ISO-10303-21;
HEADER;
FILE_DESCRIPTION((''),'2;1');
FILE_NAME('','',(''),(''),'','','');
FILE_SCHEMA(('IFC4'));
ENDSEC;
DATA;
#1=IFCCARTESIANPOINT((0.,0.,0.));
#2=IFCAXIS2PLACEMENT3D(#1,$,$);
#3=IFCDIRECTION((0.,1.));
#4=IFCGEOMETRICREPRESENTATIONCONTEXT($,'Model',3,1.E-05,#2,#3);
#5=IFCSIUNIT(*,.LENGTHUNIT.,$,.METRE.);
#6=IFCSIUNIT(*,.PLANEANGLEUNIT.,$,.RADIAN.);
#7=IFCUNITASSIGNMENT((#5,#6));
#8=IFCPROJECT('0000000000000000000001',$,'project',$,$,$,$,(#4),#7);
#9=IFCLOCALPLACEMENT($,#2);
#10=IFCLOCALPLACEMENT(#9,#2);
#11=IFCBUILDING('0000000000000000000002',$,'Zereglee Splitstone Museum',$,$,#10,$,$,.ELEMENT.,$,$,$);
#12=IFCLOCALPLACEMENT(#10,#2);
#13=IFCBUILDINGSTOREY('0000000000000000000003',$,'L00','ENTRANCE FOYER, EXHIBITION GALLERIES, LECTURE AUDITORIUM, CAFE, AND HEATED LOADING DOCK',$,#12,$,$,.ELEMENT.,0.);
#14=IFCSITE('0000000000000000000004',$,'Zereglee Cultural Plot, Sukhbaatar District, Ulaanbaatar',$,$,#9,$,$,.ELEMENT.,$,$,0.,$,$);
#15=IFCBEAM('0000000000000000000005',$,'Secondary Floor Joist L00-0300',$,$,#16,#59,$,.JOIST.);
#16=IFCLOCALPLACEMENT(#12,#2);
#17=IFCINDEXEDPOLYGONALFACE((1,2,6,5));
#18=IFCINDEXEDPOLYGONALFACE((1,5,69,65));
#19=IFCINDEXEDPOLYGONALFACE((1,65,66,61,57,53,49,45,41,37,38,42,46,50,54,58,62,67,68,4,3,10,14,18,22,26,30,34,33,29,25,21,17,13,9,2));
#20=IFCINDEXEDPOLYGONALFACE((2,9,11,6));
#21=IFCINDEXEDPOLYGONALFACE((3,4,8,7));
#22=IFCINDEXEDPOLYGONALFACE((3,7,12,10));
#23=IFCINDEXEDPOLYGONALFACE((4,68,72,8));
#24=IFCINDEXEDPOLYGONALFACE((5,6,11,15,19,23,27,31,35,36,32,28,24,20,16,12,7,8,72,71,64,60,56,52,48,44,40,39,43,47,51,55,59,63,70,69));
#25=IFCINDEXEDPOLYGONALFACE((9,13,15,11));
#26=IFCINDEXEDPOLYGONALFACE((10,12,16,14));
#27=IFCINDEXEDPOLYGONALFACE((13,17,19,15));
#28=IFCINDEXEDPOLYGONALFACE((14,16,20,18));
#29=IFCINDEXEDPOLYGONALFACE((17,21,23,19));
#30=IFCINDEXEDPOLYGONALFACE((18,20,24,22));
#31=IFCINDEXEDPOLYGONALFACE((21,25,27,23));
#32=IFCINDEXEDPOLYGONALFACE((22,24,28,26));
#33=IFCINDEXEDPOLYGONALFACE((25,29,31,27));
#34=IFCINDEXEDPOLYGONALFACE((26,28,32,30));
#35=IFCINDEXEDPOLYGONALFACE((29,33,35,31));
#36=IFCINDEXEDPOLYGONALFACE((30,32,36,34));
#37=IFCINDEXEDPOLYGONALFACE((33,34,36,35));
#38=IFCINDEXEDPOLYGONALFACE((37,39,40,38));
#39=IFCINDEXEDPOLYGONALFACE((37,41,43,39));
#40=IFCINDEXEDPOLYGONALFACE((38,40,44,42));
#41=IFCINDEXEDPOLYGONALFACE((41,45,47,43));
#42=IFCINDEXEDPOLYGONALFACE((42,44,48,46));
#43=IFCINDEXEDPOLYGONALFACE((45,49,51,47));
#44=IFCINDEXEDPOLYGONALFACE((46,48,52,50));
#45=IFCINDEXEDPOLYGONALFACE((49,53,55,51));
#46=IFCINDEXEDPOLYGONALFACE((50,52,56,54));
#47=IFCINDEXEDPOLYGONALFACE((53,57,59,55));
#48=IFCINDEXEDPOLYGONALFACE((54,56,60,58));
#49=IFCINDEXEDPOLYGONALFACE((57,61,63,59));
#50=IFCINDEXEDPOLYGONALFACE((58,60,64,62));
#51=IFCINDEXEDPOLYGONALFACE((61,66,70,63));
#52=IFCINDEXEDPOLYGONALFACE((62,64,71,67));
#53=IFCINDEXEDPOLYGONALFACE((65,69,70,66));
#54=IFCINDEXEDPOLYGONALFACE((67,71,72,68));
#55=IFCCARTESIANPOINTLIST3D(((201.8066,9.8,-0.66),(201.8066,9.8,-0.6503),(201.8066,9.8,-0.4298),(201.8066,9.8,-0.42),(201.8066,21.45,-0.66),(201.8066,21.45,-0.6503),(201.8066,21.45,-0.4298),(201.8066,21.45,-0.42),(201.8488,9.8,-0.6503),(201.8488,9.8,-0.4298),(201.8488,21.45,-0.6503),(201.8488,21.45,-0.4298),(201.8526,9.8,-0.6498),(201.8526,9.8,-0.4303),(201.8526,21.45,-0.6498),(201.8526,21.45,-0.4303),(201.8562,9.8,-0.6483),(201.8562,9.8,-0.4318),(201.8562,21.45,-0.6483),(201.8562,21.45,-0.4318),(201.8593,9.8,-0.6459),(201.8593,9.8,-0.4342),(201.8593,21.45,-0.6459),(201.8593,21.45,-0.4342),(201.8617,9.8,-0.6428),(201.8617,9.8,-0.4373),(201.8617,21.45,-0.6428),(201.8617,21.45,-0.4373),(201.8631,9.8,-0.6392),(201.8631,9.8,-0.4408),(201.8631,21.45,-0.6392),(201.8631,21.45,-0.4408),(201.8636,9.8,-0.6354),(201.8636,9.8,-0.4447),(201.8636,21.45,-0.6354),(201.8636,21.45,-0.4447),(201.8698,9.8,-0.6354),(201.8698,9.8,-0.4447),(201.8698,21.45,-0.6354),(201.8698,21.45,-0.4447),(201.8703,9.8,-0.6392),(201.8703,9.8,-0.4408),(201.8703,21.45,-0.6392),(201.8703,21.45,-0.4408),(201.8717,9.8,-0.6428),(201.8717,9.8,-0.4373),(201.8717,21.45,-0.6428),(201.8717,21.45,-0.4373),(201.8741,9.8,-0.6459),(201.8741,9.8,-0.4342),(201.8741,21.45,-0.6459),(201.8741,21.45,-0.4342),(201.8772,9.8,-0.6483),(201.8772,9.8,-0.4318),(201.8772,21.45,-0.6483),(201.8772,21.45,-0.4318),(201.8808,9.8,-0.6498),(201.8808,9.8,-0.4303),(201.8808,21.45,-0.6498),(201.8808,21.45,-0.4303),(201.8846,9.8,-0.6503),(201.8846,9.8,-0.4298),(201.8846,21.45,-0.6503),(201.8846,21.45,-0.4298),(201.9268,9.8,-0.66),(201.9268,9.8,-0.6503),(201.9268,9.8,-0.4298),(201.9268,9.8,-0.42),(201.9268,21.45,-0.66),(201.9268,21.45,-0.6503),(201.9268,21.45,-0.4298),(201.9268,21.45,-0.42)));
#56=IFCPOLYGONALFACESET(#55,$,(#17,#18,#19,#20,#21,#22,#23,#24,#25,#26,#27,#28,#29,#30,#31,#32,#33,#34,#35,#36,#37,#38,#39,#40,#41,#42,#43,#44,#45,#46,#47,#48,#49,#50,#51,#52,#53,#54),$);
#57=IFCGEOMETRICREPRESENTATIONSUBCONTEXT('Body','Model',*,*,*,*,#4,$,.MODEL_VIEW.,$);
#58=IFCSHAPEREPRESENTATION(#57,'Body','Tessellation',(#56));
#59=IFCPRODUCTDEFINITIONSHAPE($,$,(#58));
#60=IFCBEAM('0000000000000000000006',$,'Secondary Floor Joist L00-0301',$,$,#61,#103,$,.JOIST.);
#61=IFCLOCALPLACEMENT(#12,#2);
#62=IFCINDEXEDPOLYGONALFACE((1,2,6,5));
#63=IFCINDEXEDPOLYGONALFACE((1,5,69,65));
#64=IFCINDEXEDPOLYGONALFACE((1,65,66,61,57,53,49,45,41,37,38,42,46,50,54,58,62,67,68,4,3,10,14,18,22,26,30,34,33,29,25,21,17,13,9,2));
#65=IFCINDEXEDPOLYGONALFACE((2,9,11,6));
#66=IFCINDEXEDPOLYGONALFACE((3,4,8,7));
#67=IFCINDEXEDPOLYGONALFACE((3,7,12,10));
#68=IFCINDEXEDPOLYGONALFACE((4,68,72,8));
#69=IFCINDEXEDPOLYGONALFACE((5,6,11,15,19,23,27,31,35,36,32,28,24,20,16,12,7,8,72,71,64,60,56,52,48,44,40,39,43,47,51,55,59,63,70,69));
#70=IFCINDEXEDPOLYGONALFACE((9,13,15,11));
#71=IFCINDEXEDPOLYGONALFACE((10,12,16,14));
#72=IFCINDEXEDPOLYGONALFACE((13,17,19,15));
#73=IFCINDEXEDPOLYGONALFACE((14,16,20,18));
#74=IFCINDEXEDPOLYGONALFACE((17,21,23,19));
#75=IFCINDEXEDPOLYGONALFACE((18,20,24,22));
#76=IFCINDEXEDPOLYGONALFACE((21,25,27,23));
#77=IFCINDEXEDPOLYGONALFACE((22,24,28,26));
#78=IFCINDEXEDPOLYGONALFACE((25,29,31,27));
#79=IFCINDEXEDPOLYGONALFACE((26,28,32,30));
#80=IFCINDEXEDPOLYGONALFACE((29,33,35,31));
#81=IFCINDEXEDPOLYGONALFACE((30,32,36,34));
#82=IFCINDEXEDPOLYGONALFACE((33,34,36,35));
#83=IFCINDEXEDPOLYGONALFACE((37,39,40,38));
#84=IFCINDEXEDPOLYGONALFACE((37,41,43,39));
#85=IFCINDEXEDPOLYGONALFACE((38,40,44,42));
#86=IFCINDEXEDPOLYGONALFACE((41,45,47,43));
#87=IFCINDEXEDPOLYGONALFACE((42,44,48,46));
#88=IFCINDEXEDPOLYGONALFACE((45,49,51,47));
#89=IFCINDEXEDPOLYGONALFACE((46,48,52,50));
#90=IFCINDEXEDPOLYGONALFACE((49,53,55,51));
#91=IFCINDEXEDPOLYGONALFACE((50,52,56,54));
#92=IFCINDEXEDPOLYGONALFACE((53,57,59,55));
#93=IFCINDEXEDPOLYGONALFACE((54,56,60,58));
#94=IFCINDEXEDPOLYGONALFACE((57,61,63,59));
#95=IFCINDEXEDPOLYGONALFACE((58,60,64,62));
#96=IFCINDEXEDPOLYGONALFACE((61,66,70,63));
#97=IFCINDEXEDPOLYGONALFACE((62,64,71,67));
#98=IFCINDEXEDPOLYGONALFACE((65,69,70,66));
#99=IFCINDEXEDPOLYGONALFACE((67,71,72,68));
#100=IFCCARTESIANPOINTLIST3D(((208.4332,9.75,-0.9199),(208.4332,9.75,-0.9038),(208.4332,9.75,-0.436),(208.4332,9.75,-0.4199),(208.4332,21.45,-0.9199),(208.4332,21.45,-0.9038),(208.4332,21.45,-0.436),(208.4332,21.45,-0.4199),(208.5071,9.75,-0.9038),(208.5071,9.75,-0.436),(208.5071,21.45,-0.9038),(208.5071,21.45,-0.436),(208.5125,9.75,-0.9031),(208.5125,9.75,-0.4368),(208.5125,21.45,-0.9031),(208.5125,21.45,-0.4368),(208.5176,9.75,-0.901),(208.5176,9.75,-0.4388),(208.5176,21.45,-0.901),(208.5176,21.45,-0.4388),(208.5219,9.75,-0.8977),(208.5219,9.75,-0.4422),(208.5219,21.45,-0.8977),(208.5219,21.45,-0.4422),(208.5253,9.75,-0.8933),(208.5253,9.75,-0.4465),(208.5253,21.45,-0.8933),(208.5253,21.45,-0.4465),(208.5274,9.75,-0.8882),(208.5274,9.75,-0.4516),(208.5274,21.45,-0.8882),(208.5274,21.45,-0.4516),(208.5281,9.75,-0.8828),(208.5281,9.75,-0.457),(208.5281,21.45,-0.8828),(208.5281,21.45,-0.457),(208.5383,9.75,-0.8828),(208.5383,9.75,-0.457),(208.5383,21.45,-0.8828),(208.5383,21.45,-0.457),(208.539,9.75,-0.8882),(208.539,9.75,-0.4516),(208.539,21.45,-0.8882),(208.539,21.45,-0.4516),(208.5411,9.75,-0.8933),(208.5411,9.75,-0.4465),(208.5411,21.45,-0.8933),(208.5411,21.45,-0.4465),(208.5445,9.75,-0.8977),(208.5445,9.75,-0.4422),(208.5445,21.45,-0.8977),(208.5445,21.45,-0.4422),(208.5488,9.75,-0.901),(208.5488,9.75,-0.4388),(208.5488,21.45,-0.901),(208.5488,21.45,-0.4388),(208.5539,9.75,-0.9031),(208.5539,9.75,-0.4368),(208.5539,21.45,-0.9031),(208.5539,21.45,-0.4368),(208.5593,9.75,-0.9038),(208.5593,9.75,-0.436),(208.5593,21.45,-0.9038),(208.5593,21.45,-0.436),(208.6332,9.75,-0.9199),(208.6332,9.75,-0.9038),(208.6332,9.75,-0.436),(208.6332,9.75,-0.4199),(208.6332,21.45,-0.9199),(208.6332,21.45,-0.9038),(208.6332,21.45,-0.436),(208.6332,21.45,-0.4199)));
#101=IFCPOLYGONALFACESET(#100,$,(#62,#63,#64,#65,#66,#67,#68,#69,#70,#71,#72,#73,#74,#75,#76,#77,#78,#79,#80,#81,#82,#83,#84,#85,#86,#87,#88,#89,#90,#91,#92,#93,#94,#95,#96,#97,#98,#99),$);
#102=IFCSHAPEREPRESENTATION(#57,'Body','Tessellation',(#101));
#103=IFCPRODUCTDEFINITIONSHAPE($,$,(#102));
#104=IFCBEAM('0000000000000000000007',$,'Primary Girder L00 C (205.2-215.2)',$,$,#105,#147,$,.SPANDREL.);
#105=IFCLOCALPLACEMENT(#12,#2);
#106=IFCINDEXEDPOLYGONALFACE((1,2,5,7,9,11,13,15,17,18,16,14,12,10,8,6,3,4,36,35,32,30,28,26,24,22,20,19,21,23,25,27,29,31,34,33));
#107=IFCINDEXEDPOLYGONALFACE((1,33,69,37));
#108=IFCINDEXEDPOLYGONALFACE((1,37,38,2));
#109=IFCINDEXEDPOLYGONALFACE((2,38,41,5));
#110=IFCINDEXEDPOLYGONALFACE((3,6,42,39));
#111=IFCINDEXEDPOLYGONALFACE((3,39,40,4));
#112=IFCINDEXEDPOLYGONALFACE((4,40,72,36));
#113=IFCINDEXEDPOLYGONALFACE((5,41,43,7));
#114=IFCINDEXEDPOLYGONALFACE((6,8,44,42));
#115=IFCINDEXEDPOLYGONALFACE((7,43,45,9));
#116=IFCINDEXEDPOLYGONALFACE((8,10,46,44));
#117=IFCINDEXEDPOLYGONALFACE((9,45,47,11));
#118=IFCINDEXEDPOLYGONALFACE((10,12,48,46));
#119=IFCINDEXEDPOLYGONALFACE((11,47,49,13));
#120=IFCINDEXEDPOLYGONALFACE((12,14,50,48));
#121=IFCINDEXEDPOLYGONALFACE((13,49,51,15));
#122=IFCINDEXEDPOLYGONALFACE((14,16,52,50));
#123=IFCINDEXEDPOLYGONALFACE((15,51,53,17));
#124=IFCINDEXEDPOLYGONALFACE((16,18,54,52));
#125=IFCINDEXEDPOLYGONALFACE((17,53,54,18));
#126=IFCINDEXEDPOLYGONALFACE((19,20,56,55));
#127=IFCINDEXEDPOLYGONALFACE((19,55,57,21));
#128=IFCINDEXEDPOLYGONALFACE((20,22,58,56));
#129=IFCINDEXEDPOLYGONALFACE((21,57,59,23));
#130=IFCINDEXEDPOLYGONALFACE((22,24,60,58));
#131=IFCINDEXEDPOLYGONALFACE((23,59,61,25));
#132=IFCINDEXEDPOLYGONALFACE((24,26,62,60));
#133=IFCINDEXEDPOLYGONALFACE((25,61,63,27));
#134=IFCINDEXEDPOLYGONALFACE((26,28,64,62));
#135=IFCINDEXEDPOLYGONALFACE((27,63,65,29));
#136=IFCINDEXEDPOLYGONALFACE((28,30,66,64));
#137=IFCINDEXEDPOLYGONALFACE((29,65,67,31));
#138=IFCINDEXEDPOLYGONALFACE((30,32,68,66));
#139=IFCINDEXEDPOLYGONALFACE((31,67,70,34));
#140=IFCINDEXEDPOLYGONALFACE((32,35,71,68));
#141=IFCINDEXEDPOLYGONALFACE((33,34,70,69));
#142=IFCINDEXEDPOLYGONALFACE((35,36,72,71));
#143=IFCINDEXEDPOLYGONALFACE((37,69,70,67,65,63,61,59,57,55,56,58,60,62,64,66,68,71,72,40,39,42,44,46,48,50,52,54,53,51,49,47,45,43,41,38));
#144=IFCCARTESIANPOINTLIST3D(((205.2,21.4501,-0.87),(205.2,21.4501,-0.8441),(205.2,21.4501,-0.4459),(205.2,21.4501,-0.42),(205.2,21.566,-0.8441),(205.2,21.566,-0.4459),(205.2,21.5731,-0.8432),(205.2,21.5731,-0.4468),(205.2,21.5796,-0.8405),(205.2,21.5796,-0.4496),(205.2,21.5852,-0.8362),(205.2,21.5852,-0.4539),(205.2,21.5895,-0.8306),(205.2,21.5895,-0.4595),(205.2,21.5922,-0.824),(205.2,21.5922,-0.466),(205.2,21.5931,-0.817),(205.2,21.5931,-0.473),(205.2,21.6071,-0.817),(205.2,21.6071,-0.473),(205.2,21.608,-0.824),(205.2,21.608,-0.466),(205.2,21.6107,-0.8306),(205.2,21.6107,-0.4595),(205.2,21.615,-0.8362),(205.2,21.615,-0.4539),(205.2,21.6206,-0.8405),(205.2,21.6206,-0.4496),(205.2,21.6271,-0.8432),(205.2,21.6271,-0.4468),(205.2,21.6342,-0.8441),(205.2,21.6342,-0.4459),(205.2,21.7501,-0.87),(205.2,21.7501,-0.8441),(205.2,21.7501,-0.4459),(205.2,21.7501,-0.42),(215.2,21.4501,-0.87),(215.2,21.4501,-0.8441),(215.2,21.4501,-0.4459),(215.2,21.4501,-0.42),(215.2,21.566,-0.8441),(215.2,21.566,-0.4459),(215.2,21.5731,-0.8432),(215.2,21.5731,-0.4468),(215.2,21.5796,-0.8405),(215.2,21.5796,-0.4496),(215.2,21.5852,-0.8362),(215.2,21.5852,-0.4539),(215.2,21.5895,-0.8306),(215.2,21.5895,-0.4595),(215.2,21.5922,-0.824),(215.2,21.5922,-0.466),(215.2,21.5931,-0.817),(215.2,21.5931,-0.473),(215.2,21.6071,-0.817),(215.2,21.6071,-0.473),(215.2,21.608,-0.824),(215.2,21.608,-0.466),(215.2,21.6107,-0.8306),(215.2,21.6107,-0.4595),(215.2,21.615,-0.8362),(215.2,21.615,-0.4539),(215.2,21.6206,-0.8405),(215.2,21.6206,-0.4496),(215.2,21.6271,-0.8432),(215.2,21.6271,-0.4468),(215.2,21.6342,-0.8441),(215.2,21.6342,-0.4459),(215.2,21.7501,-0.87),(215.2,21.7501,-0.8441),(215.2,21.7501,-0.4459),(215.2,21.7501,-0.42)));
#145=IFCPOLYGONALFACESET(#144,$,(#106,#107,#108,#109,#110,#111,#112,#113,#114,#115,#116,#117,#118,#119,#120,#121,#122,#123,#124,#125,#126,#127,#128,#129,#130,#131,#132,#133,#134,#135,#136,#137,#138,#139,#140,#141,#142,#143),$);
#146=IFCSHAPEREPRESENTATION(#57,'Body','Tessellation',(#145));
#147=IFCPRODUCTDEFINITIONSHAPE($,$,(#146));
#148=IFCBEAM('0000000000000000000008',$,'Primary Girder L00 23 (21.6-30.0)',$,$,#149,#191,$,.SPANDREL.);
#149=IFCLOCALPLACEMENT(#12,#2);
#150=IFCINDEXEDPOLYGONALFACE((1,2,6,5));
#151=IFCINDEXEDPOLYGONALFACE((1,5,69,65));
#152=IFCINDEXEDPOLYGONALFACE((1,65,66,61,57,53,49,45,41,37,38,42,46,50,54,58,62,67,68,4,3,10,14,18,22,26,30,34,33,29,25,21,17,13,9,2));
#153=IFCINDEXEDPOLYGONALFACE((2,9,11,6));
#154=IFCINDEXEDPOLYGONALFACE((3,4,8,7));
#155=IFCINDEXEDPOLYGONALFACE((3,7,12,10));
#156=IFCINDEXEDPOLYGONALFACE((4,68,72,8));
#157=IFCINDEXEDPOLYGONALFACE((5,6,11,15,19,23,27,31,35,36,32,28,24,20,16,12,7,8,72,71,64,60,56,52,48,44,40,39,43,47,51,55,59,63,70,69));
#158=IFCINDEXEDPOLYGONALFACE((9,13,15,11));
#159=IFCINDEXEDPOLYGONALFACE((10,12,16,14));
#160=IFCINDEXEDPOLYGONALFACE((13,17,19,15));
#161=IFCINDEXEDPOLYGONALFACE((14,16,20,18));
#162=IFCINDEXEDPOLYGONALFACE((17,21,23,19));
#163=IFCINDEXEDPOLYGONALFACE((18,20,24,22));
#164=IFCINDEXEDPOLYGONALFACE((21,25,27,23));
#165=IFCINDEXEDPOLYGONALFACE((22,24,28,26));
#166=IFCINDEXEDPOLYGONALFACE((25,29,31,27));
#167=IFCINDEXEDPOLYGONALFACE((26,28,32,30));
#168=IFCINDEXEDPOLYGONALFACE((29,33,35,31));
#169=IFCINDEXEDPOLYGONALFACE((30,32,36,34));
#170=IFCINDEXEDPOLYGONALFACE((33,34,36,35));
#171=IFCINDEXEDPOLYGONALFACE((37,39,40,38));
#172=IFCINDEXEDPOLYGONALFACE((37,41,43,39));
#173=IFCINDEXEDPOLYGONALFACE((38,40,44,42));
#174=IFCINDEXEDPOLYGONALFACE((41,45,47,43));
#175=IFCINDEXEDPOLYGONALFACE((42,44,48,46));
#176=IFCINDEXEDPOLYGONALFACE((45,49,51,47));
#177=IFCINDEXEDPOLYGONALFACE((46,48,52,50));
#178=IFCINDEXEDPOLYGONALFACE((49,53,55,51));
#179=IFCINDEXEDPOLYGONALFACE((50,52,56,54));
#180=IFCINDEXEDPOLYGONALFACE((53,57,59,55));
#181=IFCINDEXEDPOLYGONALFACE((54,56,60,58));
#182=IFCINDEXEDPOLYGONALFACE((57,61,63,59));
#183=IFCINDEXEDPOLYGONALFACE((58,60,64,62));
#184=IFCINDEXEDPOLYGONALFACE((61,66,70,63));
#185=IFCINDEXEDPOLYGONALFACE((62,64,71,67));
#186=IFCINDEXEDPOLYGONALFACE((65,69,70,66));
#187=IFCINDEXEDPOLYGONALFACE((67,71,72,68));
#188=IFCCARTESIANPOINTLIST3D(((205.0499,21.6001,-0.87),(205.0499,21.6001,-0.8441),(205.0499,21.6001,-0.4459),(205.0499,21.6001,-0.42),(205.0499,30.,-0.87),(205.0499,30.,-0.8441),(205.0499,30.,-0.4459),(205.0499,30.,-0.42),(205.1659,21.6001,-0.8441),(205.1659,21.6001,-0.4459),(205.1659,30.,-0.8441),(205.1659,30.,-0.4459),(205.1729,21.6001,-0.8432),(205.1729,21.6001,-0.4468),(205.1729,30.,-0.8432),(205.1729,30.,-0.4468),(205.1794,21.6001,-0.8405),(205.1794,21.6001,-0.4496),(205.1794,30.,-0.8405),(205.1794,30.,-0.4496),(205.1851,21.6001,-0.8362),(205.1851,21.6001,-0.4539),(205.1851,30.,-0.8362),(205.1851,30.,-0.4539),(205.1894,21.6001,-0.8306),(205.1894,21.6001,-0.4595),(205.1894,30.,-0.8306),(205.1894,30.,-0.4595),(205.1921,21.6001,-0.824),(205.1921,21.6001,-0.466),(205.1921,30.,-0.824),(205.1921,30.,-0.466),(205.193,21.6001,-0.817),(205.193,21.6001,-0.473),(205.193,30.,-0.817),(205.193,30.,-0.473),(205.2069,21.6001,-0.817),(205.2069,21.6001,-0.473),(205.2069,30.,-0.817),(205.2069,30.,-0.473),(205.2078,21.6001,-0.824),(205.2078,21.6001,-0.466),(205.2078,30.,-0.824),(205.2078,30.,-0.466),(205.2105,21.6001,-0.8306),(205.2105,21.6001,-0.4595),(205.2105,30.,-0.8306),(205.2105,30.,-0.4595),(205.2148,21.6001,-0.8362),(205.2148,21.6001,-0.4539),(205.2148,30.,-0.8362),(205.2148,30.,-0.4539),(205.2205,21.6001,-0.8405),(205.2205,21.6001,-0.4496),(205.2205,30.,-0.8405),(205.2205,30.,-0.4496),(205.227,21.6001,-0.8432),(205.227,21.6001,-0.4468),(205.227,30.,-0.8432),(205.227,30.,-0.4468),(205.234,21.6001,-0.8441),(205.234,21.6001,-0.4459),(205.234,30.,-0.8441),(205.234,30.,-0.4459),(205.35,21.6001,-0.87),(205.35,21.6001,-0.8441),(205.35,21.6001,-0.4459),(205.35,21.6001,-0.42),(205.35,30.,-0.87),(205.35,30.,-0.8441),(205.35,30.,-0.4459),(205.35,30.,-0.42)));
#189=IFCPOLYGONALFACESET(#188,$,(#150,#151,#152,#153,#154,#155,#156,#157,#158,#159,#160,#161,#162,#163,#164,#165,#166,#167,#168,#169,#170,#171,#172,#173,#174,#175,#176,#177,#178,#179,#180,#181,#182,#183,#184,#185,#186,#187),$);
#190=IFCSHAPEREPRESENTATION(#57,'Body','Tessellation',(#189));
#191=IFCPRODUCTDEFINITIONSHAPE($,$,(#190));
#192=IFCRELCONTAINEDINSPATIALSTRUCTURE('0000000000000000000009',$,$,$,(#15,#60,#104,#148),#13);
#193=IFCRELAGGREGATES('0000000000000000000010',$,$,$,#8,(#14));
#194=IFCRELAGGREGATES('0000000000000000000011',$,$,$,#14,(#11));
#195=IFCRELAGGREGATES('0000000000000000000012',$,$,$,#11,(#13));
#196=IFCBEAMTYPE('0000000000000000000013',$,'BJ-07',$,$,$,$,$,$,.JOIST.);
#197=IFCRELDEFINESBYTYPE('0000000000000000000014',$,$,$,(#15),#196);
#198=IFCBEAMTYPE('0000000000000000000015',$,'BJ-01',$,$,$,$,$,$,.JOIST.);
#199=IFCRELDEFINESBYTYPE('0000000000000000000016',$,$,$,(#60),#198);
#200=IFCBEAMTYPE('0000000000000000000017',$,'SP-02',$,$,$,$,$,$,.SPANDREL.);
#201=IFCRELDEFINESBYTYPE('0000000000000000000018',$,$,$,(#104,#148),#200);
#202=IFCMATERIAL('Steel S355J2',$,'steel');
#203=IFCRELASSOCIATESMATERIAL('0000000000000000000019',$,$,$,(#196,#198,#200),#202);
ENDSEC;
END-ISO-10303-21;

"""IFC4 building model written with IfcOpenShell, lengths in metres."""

from ifc_helpers import new_model, si_unit, direction, frame, origin, origin_2d, place, context, subcontext, project, spatial, i_section, extrude, material, material_profile, profile_set, type_object, element, save


model = new_model("IFC4")

# Units and contexts
model_context = context("Model", 3, precision=1e-05, world=origin(), true_north=direction((0.0, 1.0)))
body_context = subcontext(model_context, "Body", "Model", "MODEL_VIEW")
ifc_project = project(units=[si_unit("LENGTHUNIT", "METRE"), si_unit("PLANEANGLEUNIT", "RADIAN")], contexts=[model_context])

# Site, building, storey
site_placement = place(None, origin())
site = spatial("IfcSite", under=ifc_project, at=site_placement, Name="Zereglee Cultural Plot, Sukhbaatar District, Ulaanbaatar", CompositionType="ELEMENT", RefElevation=0.0)
building_placement = place(site_placement, origin())
building = spatial("IfcBuilding", under=site, at=building_placement, Name="Zereglee Splitstone Museum", CompositionType="ELEMENT")
storey_placement = place(building_placement, origin())
storey = spatial("IfcBuildingStorey", under=building, at=storey_placement, Name="L00", Description="ENTRANCE FOYER, EXHIBITION GALLERIES, LECTURE AUDITORIUM, CAFE, AND HEATED LOADING DOCK", CompositionType="ELEMENT", Elevation=0.0)

# Beams
ifc_material_1 = material(Name="Steel S355J2", Category="steel")
ifc_material_profile_1 = material_profile(ifc_material_1, i_section(OverallWidth=0.1201, OverallDepth=0.24, WebThickness=0.0061, FlangeThickness=0.0098, FilletRadius=0.0149, at=origin_2d()), Name="IPE 240")
ifc_profile_set_1 = profile_set([ifc_material_profile_1], Name="Steel S355J2")
beam_type_1 = type_object("IfcBeamType", Name="BJ-07", PredefinedType="JOIST", material=ifc_profile_set_1)
beam_1_placement = place(storey_placement, frame((201.8667, 9.8, -0.54), z_axis=(0.0, 1.0, 0.0), x_axis=(-1.0, 0.0, 0.0)))
element("IfcBeam", 1, at=beam_1_placement, inside=storey, type_object=beam_type_1, Name="Secondary Floor Joist L00-0300", PredefinedType="JOIST", context=body_context, shape_type="SweptSolid", body=[
    extrude(i_section(OverallWidth=0.1201, OverallDepth=0.24, WebThickness=0.0061, FlangeThickness=0.0098, FilletRadius=0.0149, at=origin_2d()), origin(), (0.0, 0.0, 1.0), 11.6499),
])
ifc_material_profile_2 = material_profile(ifc_material_1, i_section(OverallWidth=0.2, OverallDepth=0.5, WebThickness=0.0103, FlangeThickness=0.0161, FilletRadius=0.021, at=origin_2d()), Name="IPE 500")
ifc_profile_set_2 = profile_set([ifc_material_profile_2], Name="Steel S355J2")
beam_type_2 = type_object("IfcBeamType", Name="BJ-01", PredefinedType="JOIST", material=ifc_profile_set_2)
beam_2_placement = place(storey_placement, frame((208.5332, 9.75, -0.6699), z_axis=(0.0, 1.0, 0.0), x_axis=(-1.0, 0.0, 0.0)))
element("IfcBeam", 2, at=beam_2_placement, inside=storey, type_object=beam_type_2, Name="Secondary Floor Joist L00-0301", PredefinedType="JOIST", context=body_context, shape_type="SweptSolid", body=[
    extrude(i_section(OverallWidth=0.2, OverallDepth=0.5, WebThickness=0.0103, FlangeThickness=0.0161, FilletRadius=0.021, at=origin_2d()), origin(), (0.0, 0.0, 1.0), 11.7),
])
ifc_material_profile_3 = material_profile(ifc_material_1, i_section(OverallWidth=0.3, OverallDepth=0.45, WebThickness=0.0139, FlangeThickness=0.0259, FilletRadius=0.0271, at=origin_2d()), Name="HE 450 B")
ifc_profile_set_3 = profile_set([ifc_material_profile_3], Name="Steel S355J2")
beam_type_3 = type_object("IfcBeamType", Name="SP-02", PredefinedType="SPANDREL", material=ifc_profile_set_3)
beam_3_placement = place(storey_placement, frame((205.2, 21.6001, -0.645), z_axis=(1.0, 0.0, 0.0), x_axis=(0.0, 1.0, 0.0)))
element("IfcBeam", 3, at=beam_3_placement, inside=storey, type_object=beam_type_3, Name="Primary Girder L00 C (205.2-215.2)", PredefinedType="SPANDREL", context=body_context, shape_type="SweptSolid", body=[
    extrude(i_section(OverallWidth=0.3, OverallDepth=0.45, WebThickness=0.0139, FlangeThickness=0.0259, FilletRadius=0.0271, at=origin_2d()), origin(), (0.0, 0.0, 1.0), 10.0),
])
beam_4_placement = place(storey_placement, frame((205.2, 21.6001, -0.645), z_axis=(0.0, 1.0, 0.0), x_axis=(-1.0, 0.0, 0.0)))
element("IfcBeam", 4, at=beam_4_placement, inside=storey, type_object=beam_type_3, Name="Primary Girder L00 23 (21.6-30.0)", PredefinedType="SPANDREL", context=body_context, shape_type="SweptSolid", body=[
    extrude(i_section(OverallWidth=0.3, OverallDepth=0.45, WebThickness=0.0139, FlangeThickness=0.0259, FilletRadius=0.0271, at=origin_2d()), origin(), (0.0, 0.0, 1.0), 8.3999),
])

save(model, "model.ifc")
